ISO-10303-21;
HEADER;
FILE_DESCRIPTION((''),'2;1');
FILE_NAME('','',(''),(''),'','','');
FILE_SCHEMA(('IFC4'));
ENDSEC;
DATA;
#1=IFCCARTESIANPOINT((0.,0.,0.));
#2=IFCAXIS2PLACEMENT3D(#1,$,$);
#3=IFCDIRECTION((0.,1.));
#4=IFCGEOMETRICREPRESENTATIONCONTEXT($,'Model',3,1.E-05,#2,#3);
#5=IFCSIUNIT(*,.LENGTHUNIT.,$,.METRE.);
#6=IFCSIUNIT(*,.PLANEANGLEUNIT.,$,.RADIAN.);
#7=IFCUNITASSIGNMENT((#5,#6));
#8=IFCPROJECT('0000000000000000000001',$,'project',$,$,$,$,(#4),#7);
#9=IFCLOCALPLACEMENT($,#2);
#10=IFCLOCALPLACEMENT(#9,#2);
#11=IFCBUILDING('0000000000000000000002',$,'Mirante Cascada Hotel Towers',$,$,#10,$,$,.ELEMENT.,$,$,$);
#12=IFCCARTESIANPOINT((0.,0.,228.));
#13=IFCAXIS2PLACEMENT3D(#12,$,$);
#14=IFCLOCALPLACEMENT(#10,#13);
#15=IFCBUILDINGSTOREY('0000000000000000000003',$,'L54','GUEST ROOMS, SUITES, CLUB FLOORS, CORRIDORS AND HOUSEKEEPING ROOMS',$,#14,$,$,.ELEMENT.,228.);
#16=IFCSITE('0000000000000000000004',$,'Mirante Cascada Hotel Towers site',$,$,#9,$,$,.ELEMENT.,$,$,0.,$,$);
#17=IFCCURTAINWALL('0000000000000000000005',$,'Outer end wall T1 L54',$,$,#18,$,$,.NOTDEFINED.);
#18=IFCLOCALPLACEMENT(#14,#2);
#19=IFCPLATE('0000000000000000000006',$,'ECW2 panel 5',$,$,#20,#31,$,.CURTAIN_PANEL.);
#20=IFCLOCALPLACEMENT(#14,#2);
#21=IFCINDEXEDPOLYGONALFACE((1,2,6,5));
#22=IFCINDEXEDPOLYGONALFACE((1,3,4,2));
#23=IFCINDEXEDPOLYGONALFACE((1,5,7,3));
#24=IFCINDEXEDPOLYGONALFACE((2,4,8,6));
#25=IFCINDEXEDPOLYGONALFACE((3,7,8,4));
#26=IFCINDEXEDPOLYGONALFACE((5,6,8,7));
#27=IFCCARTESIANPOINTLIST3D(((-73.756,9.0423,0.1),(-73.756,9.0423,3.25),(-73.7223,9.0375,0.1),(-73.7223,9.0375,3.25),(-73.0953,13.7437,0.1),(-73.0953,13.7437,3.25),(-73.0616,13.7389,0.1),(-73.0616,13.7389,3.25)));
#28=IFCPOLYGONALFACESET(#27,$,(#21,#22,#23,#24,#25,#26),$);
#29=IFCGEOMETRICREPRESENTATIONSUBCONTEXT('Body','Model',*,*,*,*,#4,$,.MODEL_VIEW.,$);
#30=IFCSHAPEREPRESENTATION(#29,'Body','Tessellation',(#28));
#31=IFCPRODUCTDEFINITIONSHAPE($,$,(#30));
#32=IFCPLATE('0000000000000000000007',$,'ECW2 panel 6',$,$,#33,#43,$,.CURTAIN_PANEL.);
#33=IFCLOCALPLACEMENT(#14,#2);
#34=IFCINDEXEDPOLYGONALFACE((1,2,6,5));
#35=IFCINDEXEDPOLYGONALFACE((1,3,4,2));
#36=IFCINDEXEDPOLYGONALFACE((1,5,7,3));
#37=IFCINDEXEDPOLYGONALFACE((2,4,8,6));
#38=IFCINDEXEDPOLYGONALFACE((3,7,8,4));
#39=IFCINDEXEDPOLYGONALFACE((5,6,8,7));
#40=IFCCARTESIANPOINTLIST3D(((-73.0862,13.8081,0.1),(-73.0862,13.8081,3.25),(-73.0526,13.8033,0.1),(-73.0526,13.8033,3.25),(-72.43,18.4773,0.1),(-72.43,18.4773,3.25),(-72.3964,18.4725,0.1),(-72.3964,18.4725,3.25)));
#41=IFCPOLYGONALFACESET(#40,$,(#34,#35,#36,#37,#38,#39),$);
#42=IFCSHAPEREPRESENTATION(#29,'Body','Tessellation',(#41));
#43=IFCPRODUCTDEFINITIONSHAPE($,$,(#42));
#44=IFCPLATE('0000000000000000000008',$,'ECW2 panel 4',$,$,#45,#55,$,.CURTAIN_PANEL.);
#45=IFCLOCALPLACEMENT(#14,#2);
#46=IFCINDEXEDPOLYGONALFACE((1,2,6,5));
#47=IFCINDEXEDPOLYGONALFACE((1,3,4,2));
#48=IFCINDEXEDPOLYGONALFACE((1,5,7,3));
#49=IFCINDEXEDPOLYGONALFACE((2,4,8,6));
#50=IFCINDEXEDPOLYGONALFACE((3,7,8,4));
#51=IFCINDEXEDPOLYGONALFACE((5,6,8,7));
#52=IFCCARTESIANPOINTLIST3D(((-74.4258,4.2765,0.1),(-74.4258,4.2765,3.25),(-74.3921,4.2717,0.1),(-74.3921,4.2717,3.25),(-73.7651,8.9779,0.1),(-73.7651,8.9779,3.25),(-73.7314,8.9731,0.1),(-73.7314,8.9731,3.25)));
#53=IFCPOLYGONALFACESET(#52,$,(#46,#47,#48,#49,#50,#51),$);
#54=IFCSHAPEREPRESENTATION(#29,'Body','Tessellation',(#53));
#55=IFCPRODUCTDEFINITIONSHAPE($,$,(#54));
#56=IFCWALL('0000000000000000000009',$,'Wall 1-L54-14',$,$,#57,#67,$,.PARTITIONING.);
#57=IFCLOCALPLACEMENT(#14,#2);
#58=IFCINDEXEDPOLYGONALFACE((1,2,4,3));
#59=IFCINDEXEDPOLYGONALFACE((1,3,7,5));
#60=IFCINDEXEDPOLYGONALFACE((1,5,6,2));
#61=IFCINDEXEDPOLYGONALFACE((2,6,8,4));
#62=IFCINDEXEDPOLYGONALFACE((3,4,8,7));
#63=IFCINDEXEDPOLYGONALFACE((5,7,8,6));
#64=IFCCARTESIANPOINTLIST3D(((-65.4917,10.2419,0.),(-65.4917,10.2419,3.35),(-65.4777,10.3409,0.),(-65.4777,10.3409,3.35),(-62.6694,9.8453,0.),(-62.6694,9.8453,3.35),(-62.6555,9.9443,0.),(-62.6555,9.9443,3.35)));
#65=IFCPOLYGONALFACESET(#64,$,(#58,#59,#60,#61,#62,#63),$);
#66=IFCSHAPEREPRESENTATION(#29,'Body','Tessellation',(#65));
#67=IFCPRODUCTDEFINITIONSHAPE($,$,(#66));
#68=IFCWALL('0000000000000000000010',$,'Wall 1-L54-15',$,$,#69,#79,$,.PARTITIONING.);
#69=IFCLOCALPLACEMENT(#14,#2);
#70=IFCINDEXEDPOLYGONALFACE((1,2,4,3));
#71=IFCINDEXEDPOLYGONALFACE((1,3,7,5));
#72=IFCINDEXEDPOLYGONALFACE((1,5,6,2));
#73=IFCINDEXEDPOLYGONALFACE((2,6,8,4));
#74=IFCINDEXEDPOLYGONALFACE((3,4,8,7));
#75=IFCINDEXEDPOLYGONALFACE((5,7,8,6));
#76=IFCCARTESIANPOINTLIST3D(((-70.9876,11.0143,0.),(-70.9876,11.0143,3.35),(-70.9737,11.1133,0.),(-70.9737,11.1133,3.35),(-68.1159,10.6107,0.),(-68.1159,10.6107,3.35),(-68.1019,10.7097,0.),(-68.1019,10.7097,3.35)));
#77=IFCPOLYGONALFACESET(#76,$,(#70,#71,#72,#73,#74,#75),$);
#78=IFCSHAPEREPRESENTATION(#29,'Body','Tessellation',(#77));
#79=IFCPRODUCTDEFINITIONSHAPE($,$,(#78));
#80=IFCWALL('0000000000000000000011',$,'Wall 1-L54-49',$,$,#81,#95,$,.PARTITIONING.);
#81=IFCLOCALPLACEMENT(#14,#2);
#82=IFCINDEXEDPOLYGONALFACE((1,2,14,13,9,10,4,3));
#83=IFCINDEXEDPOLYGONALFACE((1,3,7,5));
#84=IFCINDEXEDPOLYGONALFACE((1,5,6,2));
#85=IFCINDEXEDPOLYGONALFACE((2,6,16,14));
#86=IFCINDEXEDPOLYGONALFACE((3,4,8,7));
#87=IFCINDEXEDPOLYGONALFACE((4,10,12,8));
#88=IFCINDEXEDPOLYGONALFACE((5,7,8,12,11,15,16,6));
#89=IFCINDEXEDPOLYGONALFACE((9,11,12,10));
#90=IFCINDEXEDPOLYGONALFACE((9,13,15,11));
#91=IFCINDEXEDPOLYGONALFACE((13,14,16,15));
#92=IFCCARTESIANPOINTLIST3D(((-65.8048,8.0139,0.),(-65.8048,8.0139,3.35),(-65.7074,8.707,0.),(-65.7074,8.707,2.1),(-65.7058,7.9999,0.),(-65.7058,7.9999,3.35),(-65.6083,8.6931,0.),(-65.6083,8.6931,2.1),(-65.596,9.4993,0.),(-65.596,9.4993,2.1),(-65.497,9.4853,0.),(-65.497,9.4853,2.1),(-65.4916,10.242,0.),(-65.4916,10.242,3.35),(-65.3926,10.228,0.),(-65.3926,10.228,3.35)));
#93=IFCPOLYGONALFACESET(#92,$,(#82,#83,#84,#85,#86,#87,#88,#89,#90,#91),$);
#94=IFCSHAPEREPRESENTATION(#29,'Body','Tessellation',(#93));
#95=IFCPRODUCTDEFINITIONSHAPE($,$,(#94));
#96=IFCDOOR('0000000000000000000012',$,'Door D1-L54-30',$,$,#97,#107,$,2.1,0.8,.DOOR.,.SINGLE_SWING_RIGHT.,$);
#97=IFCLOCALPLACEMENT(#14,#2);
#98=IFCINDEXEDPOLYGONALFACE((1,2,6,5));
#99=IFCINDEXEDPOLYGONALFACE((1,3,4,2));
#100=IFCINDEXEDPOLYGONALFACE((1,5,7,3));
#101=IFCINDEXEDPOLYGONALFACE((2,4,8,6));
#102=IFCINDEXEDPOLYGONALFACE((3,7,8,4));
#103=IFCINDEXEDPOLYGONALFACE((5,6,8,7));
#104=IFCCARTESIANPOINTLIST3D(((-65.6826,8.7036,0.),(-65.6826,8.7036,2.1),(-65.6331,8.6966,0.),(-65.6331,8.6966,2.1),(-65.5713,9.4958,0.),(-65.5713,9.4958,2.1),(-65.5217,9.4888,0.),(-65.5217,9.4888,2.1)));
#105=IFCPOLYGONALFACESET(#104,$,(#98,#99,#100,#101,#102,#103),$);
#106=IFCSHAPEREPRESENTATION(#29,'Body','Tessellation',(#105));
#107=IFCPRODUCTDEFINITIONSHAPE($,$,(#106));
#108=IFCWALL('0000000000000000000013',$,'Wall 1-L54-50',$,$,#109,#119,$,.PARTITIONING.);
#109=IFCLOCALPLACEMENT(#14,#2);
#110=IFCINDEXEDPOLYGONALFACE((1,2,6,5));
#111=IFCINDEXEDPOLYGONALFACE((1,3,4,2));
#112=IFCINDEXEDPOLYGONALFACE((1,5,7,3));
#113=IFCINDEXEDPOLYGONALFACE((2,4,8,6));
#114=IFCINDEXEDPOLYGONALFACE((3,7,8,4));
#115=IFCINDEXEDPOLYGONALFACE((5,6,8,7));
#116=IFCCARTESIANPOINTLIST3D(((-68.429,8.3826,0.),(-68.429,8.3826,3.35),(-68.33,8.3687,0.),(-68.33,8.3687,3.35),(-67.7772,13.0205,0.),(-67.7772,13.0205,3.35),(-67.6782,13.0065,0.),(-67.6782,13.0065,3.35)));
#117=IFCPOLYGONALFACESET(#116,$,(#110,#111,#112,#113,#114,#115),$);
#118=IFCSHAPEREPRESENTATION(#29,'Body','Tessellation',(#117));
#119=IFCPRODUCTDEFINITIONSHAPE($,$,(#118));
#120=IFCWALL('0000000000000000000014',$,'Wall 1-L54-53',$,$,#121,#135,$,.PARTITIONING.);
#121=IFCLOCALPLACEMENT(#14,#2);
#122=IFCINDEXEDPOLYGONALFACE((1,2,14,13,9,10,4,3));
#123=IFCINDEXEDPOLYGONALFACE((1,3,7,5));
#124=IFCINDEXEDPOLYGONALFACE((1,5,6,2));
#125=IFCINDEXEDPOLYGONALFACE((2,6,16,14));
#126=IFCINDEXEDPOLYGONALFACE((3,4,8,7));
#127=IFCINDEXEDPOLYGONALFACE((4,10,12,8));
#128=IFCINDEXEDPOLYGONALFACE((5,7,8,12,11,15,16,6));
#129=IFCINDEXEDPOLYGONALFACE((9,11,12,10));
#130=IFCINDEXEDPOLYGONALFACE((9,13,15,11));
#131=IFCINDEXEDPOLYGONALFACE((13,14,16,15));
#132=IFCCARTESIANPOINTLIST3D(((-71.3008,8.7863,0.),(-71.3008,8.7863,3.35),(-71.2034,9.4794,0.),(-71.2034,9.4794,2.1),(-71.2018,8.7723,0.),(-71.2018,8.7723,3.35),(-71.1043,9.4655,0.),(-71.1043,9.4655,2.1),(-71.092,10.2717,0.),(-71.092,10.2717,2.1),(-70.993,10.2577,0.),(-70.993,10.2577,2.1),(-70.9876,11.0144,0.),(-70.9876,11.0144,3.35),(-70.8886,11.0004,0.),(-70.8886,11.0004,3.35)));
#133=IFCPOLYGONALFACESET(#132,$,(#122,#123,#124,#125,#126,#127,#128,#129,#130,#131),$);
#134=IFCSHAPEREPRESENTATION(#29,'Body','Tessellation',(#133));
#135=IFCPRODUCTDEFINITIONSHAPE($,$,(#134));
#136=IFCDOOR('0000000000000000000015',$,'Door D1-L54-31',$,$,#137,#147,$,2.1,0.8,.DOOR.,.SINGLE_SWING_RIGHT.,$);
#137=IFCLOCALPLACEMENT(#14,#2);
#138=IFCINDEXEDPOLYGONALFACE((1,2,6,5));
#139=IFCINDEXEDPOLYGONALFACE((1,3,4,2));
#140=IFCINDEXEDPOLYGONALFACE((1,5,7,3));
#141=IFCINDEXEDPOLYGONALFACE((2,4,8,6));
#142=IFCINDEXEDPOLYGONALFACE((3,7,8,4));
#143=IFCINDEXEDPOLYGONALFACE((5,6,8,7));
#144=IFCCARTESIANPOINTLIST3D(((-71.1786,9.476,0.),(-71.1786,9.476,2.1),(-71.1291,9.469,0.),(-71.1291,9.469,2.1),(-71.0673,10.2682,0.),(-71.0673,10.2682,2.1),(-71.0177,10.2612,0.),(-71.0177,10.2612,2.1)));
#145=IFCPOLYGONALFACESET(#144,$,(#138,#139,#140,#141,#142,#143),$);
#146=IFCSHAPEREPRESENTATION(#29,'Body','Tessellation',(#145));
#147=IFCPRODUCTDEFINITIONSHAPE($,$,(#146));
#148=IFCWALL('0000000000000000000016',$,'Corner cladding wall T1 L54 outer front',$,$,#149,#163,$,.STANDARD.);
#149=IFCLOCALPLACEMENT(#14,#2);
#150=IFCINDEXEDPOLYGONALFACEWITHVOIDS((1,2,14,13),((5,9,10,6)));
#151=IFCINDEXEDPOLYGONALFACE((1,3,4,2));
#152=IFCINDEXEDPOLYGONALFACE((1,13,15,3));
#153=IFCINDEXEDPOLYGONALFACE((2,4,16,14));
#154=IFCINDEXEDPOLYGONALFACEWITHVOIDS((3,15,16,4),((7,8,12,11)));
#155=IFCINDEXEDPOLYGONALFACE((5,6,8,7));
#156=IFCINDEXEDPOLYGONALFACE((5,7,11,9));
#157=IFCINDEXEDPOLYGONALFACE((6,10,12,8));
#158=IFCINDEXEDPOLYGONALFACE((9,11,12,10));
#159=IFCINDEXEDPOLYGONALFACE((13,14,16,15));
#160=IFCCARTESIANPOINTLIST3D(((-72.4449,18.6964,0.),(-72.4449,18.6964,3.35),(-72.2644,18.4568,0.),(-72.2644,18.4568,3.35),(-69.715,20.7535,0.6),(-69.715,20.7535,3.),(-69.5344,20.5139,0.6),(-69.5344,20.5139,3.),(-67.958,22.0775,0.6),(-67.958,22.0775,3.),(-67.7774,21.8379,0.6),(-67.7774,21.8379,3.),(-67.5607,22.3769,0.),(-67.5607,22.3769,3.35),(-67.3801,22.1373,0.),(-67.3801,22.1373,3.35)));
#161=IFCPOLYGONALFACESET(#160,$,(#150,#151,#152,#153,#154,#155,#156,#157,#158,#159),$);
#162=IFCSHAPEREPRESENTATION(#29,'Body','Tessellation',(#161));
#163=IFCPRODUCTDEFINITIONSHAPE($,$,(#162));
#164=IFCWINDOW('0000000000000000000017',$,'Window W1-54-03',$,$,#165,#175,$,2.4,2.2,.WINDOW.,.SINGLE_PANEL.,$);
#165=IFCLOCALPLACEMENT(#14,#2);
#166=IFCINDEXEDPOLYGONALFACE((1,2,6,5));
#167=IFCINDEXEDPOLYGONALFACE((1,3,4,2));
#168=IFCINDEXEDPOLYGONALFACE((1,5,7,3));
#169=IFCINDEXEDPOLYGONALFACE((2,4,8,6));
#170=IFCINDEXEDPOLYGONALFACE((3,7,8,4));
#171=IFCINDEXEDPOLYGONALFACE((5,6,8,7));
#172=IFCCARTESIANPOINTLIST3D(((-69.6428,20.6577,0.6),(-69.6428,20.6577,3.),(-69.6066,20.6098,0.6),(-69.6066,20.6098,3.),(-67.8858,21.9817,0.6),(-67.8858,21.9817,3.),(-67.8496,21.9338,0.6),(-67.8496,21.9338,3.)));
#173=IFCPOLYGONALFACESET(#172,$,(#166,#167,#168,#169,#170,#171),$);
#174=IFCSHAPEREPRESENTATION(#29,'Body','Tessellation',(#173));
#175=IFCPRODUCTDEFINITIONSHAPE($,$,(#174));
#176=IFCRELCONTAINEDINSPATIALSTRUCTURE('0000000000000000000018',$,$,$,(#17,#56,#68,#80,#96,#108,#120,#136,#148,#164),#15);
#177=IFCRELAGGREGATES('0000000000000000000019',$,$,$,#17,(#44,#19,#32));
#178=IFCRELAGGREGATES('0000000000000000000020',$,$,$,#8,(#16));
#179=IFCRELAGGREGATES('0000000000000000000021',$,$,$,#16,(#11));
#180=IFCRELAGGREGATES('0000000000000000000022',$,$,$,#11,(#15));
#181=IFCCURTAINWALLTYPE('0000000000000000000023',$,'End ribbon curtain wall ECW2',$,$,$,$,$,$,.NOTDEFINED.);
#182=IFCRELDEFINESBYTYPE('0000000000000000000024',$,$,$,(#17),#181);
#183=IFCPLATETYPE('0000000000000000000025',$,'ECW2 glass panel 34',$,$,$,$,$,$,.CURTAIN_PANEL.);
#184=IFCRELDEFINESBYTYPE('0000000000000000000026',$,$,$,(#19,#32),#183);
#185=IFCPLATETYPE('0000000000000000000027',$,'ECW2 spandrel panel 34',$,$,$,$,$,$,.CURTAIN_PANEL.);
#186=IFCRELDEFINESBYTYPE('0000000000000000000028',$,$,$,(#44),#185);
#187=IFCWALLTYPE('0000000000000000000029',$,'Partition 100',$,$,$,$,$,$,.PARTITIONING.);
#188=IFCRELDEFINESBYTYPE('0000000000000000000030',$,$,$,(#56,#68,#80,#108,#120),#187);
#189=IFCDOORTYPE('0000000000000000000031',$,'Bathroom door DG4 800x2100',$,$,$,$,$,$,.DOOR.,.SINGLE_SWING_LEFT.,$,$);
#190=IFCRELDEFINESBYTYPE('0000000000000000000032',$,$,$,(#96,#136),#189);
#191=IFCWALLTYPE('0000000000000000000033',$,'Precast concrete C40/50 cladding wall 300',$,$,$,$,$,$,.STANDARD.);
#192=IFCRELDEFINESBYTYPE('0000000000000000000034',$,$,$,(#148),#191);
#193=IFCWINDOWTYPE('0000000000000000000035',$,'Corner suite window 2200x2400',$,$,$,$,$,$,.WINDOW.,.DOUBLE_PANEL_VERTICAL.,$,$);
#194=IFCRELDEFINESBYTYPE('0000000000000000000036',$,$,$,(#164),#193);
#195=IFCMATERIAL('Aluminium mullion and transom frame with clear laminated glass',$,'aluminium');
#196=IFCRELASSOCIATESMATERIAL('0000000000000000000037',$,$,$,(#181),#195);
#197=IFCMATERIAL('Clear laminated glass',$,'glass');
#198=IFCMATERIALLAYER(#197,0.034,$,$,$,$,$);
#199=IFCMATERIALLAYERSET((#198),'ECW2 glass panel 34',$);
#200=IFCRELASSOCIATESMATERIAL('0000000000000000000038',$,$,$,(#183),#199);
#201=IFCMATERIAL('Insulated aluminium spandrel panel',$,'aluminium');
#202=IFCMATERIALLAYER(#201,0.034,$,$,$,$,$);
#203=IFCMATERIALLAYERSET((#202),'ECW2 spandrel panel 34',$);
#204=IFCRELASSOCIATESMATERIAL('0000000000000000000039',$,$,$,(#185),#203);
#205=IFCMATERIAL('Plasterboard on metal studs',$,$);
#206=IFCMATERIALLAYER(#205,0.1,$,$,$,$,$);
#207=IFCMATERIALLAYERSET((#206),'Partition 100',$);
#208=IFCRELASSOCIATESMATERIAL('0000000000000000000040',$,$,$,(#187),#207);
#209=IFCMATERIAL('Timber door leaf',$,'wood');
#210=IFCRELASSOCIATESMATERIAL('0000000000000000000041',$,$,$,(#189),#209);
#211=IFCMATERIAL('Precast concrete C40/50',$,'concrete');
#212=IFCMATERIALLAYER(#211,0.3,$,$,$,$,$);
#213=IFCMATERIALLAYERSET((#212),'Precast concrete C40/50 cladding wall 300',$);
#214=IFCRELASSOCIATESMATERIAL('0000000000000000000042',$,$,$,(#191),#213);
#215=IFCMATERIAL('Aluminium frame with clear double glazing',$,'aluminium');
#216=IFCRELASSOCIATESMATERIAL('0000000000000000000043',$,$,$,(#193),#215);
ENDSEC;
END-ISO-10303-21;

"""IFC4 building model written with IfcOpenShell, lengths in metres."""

from ifc_helpers import new_model, si_unit, direction, frame, frame_2d, origin, origin_2d, place, context, subcontext, project, spatial, rectangle, extrude, material, layer, layer_set, type_object, element, fill, aggregate, save


model = new_model("IFC4")

# Units and contexts
model_context = context("Model", 3, precision=1e-05, world=origin(), true_north=direction((0.0, 1.0)))
body_context = subcontext(model_context, "Body", "Model", "MODEL_VIEW")
ifc_project = project(units=[si_unit("LENGTHUNIT", "METRE"), si_unit("PLANEANGLEUNIT", "RADIAN")], contexts=[model_context])

# Site, building, storey
site_placement = place(None, origin())
site = spatial("IfcSite", under=ifc_project, at=site_placement, Name="Mirante Cascada Hotel Towers site", CompositionType="ELEMENT", RefElevation=0.0)
building_placement = place(site_placement, origin())
building = spatial("IfcBuilding", under=site, at=building_placement, Name="Mirante Cascada Hotel Towers", CompositionType="ELEMENT")
storey_placement = place(building_placement, frame((0.0, 0.0, 228.0)))
storey = spatial("IfcBuildingStorey", under=building, at=storey_placement, Name="L54", Description="GUEST ROOMS, SUITES, CLUB FLOORS, CORRIDORS AND HOUSEKEEPING ROOMS", CompositionType="ELEMENT", Elevation=228.0)

# Curtain wall
ifc_material_1 = material(Name="Aluminium mullion and transom frame with clear laminated glass", Category="aluminium")
curtain_wall_type_1 = type_object("IfcCurtainWallType", Name="End ribbon curtain wall ECW2", PredefinedType="NOTDEFINED", material=ifc_material_1)
curtain_wall_1_placement = place(storey_placement, origin())
curtain_wall_1 = element("IfcCurtainWall", 1, at=curtain_wall_1_placement, inside=storey, type_object=curtain_wall_type_1, Name="Outer end wall T1 L54", PredefinedType="NOTDEFINED")

# Plates
ifc_material_2 = material(Name="Clear laminated glass", Category="glass")
ifc_layer_1 = layer(ifc_material_2, 0.034)
ifc_layer_set_1 = layer_set([ifc_layer_1], Name="ECW2 glass panel 34")
plate_type_1 = type_object("IfcPlateType", Name="ECW2 glass panel 34", PredefinedType="CURTAIN_PANEL", material=ifc_layer_set_1)
plate_1_placement = place(storey_placement, frame((-73.4088, 11.3906, 0.1), z_axis=(0.0, 0.0, 1.0), x_axis=(0.139173, 0.990268, 0.0)))
plate_1 = element("IfcPlate", 2, at=plate_1_placement, type_object=plate_type_1, Name="ECW2 panel 5", PredefinedType="CURTAIN_PANEL", context=body_context, shape_type="SweptSolid", body=[
    extrude(rectangle(XDim=4.7476, YDim=0.034, at=origin_2d()), origin(), (0.0, 0.0, 1.0), 3.15),
])
plate_2_placement = place(storey_placement, frame((-72.7413, 16.1403, 0.1), z_axis=(0.0, 0.0, 1.0), x_axis=(0.139173, 0.990268, 0.0)))
plate_2 = element("IfcPlate", 3, at=plate_2_placement, type_object=plate_type_1, Name="ECW2 panel 6", PredefinedType="CURTAIN_PANEL", context=body_context, shape_type="SweptSolid", body=[
    extrude(rectangle(XDim=4.7151, YDim=0.034, at=origin_2d()), origin(), (0.0, 0.0, 1.0), 3.15),
])
ifc_material_3 = material(Name="Insulated aluminium spandrel panel", Category="aluminium")
ifc_layer_2 = layer(ifc_material_3, 0.034)
ifc_layer_set_2 = layer_set([ifc_layer_2], Name="ECW2 spandrel panel 34")
plate_type_2 = type_object("IfcPlateType", Name="ECW2 spandrel panel 34", PredefinedType="CURTAIN_PANEL", material=ifc_layer_set_2)
plate_3_placement = place(storey_placement, frame((-74.0786, 6.6248, 0.1), z_axis=(0.0, 0.0, 1.0), x_axis=(0.139173, 0.990268, 0.0)))
plate_3 = element("IfcPlate", 4, at=plate_3_placement, type_object=plate_type_2, Name="ECW2 panel 4", PredefinedType="CURTAIN_PANEL", context=body_context, shape_type="SweptSolid", body=[
    extrude(rectangle(XDim=4.7476, YDim=0.034, at=origin_2d()), origin(), (0.0, 0.0, 1.0), 3.15),
])
aggregate(curtain_wall_1, [plate_3, plate_1, plate_2])

# Walls
ifc_material_4 = material(Name="Plasterboard on metal studs")
ifc_layer_3 = layer(ifc_material_4, 0.1)
ifc_layer_set_3 = layer_set([ifc_layer_3], Name="Partition 100")
wall_type_1 = type_object("IfcWallType", Name="Partition 100", PredefinedType="PARTITIONING", material=ifc_layer_set_3)
wall_1_placement = place(storey_placement, frame((-65.4847, 10.2914, 0.0), z_axis=(0.0, 0.0, 1.0), x_axis=(0.99027, -0.139156, 0.0)))
element("IfcWall", 5, at=wall_1_placement, inside=storey, type_object=wall_type_1, Name="Wall 1-L54-14", PredefinedType="PARTITIONING", context=body_context, shape_type="SweptSolid", body=[
    extrude(rectangle(XDim=2.85, YDim=0.1, at=frame_2d((1.425, 0.0))), origin(), (0.0, 0.0, 1.0), 3.35),
])
wall_2_placement = place(storey_placement, frame((-68.1089, 10.6602, 0.0), z_axis=(0.0, 0.0, 1.0), x_axis=(-0.990268, 0.139171, 0.0)))
element("IfcWall", 6, at=wall_2_placement, inside=storey, type_object=wall_type_1, Name="Wall 1-L54-15", PredefinedType="PARTITIONING", context=body_context, shape_type="SweptSolid", body=[
    extrude(rectangle(XDim=2.9, YDim=0.1, at=frame_2d((1.45, 0.0))), origin(), (0.0, 0.0, 1.0), 3.35),
])

# Wall, opening, door
wall_3_placement = place(storey_placement, frame((-65.7553, 8.0069, 0.0), z_axis=(0.0, 0.0, 1.0), x_axis=(0.1392, 0.990264, 0.0)))
wall_3 = element("IfcWall", 7, at=wall_3_placement, inside=storey, type_object=wall_type_1, Name="Wall 1-L54-49", PredefinedType="PARTITIONING", context=body_context, shape_type="SweptSolid", body=[
    extrude(rectangle(XDim=2.25, YDim=0.1, at=frame_2d((1.125, 0.0))), origin(), (0.0, 0.0, 1.0), 3.35),
])
opening_1_placement = place(wall_3_placement, frame((0.7, 0.0, 0.0)))
opening_1 = element("IfcOpeningElement", 8, at=opening_1_placement, cuts=wall_3, PredefinedType="OPENING", context=body_context, shape_type="SweptSolid", body=[
    extrude(rectangle(XDim=0.8, YDim=2.1, at=frame_2d((0.4, 1.05))), frame((0.0, 0.05, 0.0), z_axis=(0.0, -1.0, 0.0), x_axis=(1.0, 0.0, 0.0)), (0.0, 0.0, 1.0), 0.1),
])
ifc_material_5 = material(Name="Timber door leaf", Category="wood")
door_type = type_object("IfcDoorType", Name="Bathroom door DG4 800x2100", OperationType="SINGLE_SWING_LEFT", PredefinedType="DOOR", material=ifc_material_5)
door_1_placement = place(opening_1_placement, frame((0.8, 0.0, 0.0), z_axis=(0.0, 0.0, 1.0), x_axis=(-1.0, 0.0, 0.0)))
door_1 = element("IfcDoor", 9, at=door_1_placement, inside=storey, type_object=door_type, Name="Door D1-L54-30", OperationType="SINGLE_SWING_RIGHT", OverallHeight=2.1, OverallWidth=0.8, PredefinedType="DOOR", context=body_context, shape_type="SweptSolid", body=[
    extrude(rectangle(XDim=0.8, YDim=2.1, at=frame_2d((0.4, 1.05))), frame((0.0, 0.025, 0.0), z_axis=(0.0, -1.0, 0.0), x_axis=(1.0, 0.0, 0.0)), (0.0, 0.0, 1.0), 0.05),
])
fill(opening_1, door_1)

# Wall
wall_4_placement = place(storey_placement, frame((-67.7277, 13.0135, 0.0), z_axis=(0.0, 0.0, 1.0), x_axis=(-0.139173, -0.990268, 0.0)))
element("IfcWall", 10, at=wall_4_placement, inside=storey, type_object=wall_type_1, Name="Wall 1-L54-50", PredefinedType="PARTITIONING", context=body_context, shape_type="SweptSolid", body=[
    extrude(rectangle(XDim=4.6834, YDim=0.1, at=frame_2d((2.3417, 0.0))), origin(), (0.0, 0.0, 1.0), 3.35),
])

# Wall, opening, door
wall_5_placement = place(storey_placement, frame((-71.2513, 8.7793, 0.0), z_axis=(0.0, 0.0, 1.0), x_axis=(0.1392, 0.990264, 0.0)))
wall_5 = element("IfcWall", 11, at=wall_5_placement, inside=storey, type_object=wall_type_1, Name="Wall 1-L54-53", PredefinedType="PARTITIONING", context=body_context, shape_type="SweptSolid", body=[
    extrude(rectangle(XDim=2.25, YDim=0.1, at=frame_2d((1.125, 0.0))), origin(), (0.0, 0.0, 1.0), 3.35),
])
opening_2_placement = place(wall_5_placement, frame((0.7, 0.0, 0.0)))
opening_2 = element("IfcOpeningElement", 12, at=opening_2_placement, cuts=wall_5, PredefinedType="OPENING", context=body_context, shape_type="SweptSolid", body=[
    extrude(rectangle(XDim=0.8, YDim=2.1, at=frame_2d((0.4, 1.05))), frame((0.0, 0.05, 0.0), z_axis=(0.0, -1.0, 0.0), x_axis=(1.0, 0.0, 0.0)), (0.0, 0.0, 1.0), 0.1),
])
door_2_placement = place(opening_2_placement, frame((0.8, 0.0, 0.0), z_axis=(0.0, 0.0, 1.0), x_axis=(-1.0, 0.0, 0.0)))
door_2 = element("IfcDoor", 13, at=door_2_placement, inside=storey, type_object=door_type, Name="Door D1-L54-31", OperationType="SINGLE_SWING_RIGHT", OverallHeight=2.1, OverallWidth=0.8, PredefinedType="DOOR", context=body_context, shape_type="SweptSolid", body=[
    extrude(rectangle(XDim=0.8, YDim=2.1, at=frame_2d((0.4, 1.05))), frame((0.0, 0.025, 0.0), z_axis=(0.0, -1.0, 0.0), x_axis=(1.0, 0.0, 0.0)), (0.0, 0.0, 1.0), 0.05),
])
fill(opening_2, door_2)

# Wall, opening, window
ifc_material_6 = material(Name="Precast concrete C40/50", Category="concrete")
ifc_layer_4 = layer(ifc_material_6, 0.3)
ifc_layer_set_4 = layer_set([ifc_layer_4], Name="Precast concrete C40/50 cladding wall 300")
wall_type_2 = type_object("IfcWallType", Name="Precast concrete C40/50 cladding wall 300", PredefinedType="STANDARD", material=ifc_layer_set_4)
wall_6_placement = place(storey_placement, frame((-72.3546, 18.5766, 0.0), z_axis=(0.0, 0.0, 1.0), x_axis=(0.798636, 0.601814, 0.0)))
wall_6 = element("IfcWall", 14, at=wall_6_placement, inside=storey, type_object=wall_type_2, Name="Corner cladding wall T1 L54 outer front", PredefinedType="STANDARD", context=body_context, shape_type="SweptSolid", body=[
    extrude(rectangle(XDim=6.1157, YDim=0.3, at=frame_2d((3.0578, 0.0))), origin(), (0.0, 0.0, 1.0), 3.35),
])
opening_3_placement = place(wall_6_placement, frame((3.4182, 0.0, 0.6)))
opening_3 = element("IfcOpeningElement", 15, at=opening_3_placement, cuts=wall_6, PredefinedType="OPENING", context=body_context, shape_type="SweptSolid", body=[
    extrude(rectangle(XDim=2.2, YDim=2.4, at=frame_2d((1.1, 1.2))), frame((0.0, 0.15, 0.0), z_axis=(0.0, -1.0, 0.0), x_axis=(1.0, 0.0, 0.0)), (0.0, 0.0, 1.0), 0.3),
])
ifc_material_7 = material(Name="Aluminium frame with clear double glazing", Category="aluminium")
window_type = type_object("IfcWindowType", Name="Corner suite window 2200x2400", PartitioningType="DOUBLE_PANEL_VERTICAL", PredefinedType="WINDOW", material=ifc_material_7)
window_placement = place(opening_3_placement, origin())
window = element("IfcWindow", 16, at=window_placement, inside=storey, type_object=window_type, Name="Window W1-54-03", OverallHeight=2.4, OverallWidth=2.2, PartitioningType="SINGLE_PANEL", PredefinedType="WINDOW", context=body_context, shape_type="SweptSolid", body=[
    extrude(rectangle(XDim=2.2, YDim=2.4, at=frame_2d((1.1, 1.2))), frame((0.0, 0.03, 0.0), z_axis=(0.0, -1.0, 0.0), x_axis=(1.0, 0.0, 0.0)), (0.0, 0.0, 1.0), 0.06),
])
fill(opening_3, window)

save(model, "model.ifc")
